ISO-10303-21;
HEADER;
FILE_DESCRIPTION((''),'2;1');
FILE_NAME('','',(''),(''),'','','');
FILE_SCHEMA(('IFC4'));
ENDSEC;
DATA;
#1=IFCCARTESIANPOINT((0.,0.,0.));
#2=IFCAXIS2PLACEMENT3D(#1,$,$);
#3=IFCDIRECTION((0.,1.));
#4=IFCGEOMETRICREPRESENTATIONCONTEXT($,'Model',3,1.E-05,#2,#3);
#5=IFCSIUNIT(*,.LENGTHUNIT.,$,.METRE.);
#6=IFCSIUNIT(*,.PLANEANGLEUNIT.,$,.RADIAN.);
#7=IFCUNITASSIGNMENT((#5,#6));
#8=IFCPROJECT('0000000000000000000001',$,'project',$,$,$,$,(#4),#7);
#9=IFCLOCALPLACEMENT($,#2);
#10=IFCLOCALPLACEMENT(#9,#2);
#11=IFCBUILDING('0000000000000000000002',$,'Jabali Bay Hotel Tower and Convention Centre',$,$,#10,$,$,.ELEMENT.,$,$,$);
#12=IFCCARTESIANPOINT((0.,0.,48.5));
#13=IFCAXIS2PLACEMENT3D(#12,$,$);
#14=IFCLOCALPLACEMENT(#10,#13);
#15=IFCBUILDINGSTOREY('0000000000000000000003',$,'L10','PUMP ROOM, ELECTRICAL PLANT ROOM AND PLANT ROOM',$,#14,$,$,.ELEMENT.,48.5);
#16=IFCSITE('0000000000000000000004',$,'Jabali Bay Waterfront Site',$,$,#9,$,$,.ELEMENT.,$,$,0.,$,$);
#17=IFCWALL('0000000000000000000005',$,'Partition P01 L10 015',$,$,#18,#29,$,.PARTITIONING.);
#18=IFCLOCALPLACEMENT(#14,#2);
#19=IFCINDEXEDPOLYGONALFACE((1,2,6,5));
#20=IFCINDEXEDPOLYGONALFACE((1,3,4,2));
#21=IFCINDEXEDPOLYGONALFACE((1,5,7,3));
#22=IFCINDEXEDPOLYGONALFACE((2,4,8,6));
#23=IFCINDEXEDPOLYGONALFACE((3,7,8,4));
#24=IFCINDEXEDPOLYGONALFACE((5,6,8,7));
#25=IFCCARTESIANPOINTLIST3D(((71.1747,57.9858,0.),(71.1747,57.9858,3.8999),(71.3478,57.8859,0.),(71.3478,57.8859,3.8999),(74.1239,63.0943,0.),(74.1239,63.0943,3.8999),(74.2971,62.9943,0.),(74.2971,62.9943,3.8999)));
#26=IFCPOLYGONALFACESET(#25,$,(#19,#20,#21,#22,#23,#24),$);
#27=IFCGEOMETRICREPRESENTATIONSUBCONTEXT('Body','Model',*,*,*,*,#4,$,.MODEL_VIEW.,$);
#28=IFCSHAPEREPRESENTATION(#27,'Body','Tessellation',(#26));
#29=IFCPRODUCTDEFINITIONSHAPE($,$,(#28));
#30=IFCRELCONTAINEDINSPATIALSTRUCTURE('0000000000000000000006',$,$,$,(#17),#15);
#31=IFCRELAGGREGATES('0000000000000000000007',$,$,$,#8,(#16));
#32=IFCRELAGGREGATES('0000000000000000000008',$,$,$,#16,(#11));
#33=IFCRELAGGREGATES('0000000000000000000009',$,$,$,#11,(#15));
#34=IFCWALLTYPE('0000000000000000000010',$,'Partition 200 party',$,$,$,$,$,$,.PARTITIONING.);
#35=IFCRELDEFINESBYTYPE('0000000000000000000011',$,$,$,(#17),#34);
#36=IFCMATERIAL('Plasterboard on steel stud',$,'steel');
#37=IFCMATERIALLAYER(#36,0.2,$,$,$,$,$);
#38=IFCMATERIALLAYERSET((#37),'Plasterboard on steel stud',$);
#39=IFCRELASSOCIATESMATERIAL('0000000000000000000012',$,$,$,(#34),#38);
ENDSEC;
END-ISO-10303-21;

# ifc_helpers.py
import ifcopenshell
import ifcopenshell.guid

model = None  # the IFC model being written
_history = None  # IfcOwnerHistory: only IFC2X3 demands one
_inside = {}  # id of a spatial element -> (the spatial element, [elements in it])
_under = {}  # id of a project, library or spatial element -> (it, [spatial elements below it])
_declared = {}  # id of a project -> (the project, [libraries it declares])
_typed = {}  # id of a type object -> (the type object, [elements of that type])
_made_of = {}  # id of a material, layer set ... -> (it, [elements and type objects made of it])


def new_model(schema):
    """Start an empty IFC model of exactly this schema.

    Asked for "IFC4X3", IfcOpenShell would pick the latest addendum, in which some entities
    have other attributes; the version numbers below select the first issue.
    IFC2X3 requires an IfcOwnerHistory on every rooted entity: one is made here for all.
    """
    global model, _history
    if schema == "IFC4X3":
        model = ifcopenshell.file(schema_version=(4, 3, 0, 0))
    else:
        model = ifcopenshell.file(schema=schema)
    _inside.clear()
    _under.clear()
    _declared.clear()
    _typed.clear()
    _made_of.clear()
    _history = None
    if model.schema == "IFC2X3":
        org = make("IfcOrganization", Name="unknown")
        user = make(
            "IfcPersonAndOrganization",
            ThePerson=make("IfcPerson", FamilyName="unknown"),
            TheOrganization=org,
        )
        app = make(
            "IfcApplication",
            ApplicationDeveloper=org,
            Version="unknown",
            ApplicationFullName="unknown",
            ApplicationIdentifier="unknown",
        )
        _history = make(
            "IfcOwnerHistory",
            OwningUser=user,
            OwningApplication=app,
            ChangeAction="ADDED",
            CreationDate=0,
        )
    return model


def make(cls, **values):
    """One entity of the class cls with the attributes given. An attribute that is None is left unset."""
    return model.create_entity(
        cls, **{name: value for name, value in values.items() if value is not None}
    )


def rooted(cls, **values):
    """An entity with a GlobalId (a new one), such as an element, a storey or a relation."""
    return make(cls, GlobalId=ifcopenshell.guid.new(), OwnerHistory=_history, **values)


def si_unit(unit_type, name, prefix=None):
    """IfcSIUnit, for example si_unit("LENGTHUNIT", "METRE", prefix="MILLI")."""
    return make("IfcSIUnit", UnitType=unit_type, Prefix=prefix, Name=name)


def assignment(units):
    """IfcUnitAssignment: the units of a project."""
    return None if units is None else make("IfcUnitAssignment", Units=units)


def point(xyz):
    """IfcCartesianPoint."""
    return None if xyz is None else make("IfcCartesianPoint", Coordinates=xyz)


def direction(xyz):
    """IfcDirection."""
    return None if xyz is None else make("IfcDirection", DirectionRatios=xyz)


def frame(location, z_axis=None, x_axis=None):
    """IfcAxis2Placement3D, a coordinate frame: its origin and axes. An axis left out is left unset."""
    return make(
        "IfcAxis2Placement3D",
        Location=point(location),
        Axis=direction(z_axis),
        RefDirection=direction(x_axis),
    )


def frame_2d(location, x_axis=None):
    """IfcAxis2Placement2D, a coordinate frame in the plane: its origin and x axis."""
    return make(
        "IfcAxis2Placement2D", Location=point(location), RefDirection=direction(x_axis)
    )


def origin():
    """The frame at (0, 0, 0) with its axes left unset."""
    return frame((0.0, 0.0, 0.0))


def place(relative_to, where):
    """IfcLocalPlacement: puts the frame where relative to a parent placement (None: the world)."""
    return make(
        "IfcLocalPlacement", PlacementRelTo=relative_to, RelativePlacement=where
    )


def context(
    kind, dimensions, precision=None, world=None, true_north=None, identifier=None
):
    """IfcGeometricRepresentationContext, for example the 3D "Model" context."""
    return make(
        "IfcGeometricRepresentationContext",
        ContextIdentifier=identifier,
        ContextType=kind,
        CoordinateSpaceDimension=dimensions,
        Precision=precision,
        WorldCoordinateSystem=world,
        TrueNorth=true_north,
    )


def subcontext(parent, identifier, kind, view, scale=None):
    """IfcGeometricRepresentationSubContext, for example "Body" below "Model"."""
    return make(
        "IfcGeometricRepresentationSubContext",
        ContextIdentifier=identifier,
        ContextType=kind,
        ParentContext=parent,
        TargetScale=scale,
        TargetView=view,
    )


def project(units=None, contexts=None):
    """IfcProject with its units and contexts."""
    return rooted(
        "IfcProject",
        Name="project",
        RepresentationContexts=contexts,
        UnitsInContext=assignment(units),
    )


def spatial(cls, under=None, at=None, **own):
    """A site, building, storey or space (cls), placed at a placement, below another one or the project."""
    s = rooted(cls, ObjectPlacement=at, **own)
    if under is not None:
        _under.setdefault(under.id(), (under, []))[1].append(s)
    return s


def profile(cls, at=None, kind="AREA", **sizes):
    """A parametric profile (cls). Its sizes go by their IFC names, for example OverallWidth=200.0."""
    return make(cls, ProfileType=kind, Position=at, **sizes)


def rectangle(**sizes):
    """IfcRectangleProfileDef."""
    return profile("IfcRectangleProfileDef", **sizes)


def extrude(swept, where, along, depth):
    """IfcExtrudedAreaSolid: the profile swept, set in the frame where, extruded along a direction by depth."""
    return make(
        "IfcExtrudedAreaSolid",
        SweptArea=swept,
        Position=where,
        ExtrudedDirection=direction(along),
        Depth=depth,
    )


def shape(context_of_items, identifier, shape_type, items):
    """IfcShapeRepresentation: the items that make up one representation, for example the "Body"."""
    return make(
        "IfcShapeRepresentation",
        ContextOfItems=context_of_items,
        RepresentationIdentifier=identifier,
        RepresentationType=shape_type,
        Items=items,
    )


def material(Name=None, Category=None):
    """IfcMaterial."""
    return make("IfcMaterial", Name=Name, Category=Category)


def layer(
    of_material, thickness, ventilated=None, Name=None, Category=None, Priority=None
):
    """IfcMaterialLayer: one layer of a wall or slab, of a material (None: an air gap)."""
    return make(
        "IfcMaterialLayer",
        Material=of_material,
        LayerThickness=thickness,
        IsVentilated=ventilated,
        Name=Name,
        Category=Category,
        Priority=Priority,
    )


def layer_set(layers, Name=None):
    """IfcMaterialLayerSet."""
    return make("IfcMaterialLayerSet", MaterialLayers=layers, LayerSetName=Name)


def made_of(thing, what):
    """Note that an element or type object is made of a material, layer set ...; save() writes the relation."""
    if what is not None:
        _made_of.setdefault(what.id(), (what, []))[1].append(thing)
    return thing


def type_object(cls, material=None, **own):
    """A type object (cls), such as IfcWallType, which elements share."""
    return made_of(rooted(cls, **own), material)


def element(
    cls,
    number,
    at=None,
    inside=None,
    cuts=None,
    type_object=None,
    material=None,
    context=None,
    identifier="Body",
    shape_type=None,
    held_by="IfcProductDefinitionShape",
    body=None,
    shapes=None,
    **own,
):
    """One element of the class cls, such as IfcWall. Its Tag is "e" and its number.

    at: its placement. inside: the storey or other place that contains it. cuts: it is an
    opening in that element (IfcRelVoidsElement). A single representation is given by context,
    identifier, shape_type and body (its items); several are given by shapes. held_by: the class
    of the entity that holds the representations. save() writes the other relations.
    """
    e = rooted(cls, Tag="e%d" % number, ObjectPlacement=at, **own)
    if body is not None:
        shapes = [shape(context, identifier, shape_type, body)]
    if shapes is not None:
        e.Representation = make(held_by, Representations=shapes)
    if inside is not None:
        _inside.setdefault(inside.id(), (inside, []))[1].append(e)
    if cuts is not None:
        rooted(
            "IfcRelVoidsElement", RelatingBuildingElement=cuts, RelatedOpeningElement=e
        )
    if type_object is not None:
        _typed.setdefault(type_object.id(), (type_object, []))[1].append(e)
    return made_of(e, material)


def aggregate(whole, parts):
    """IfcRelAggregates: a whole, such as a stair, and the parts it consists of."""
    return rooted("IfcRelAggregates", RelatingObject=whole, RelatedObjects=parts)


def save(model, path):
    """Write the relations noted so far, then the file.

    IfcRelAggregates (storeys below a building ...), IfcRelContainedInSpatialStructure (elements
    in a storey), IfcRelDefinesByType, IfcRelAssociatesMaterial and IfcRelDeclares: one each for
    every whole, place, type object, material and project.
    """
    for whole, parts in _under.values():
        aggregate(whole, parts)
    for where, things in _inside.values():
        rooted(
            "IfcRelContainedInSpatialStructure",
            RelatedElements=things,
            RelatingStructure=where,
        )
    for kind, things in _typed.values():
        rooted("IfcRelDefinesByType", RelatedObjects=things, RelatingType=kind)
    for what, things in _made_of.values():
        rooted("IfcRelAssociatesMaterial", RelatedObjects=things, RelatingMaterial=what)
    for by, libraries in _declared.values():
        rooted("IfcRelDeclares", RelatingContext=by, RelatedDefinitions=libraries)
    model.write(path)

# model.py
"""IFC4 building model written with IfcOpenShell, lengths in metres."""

from ifc_helpers import new_model, si_unit, direction, frame, frame_2d, origin, place, context, subcontext, project, spatial, rectangle, extrude, material, layer, layer_set, type_object, element, save


model = new_model("IFC4")

# Units and contexts
model_context = context("Model", 3, precision=1e-05, world=origin(), true_north=direction((0.0, 1.0)))
body_context = subcontext(model_context, "Body", "Model", "MODEL_VIEW")
ifc_project = project(units=[si_unit("LENGTHUNIT", "METRE"), si_unit("PLANEANGLEUNIT", "RADIAN")], contexts=[model_context])

# Site, building, storey
site_placement = place(None, origin())
site = spatial("IfcSite", under=ifc_project, at=site_placement, Name="Jabali Bay Waterfront Site", CompositionType="ELEMENT", RefElevation=0.0)
building_placement = place(site_placement, origin())
building = spatial("IfcBuilding", under=site, at=building_placement, Name="Jabali Bay Hotel Tower and Convention Centre", CompositionType="ELEMENT")
storey_placement = place(building_placement, frame((0.0, 0.0, 48.5)))
storey = spatial("IfcBuildingStorey", under=building, at=storey_placement, Name="L10", Description="PUMP ROOM, ELECTRICAL PLANT ROOM AND PLANT ROOM", CompositionType="ELEMENT", Elevation=48.5)

# Wall
ifc_material_1 = material(Name="Plasterboard on steel stud", Category="steel")
ifc_layer_1 = layer(ifc_material_1, 0.2)
ifc_layer_set_1 = layer_set([ifc_layer_1], Name="Plasterboard on steel stud")
wall_type_1 = type_object("IfcWallType", Name="Partition 200 party", PredefinedType="PARTITIONING", material=ifc_layer_set_1)
wall_1_placement = place(storey_placement, frame((74.2104, 63.0442, 0.0), z_axis=(0.0, 0.0, 1.0), x_axis=(-0.499985, -0.866034, 0.0)))
element("IfcWall", 1, at=wall_1_placement, inside=storey, type_object=wall_type_1, Name="Partition P01 L10 015", PredefinedType="PARTITIONING", context=body_context, shape_type="SweptSolid", body=[
    extrude(rectangle(XDim=5.8987, YDim=0.2, at=frame_2d((2.9492, 0.0))), origin(), (0.0, 0.0, 1.0), 3.8999),
])

save(model, "model.ifc")
